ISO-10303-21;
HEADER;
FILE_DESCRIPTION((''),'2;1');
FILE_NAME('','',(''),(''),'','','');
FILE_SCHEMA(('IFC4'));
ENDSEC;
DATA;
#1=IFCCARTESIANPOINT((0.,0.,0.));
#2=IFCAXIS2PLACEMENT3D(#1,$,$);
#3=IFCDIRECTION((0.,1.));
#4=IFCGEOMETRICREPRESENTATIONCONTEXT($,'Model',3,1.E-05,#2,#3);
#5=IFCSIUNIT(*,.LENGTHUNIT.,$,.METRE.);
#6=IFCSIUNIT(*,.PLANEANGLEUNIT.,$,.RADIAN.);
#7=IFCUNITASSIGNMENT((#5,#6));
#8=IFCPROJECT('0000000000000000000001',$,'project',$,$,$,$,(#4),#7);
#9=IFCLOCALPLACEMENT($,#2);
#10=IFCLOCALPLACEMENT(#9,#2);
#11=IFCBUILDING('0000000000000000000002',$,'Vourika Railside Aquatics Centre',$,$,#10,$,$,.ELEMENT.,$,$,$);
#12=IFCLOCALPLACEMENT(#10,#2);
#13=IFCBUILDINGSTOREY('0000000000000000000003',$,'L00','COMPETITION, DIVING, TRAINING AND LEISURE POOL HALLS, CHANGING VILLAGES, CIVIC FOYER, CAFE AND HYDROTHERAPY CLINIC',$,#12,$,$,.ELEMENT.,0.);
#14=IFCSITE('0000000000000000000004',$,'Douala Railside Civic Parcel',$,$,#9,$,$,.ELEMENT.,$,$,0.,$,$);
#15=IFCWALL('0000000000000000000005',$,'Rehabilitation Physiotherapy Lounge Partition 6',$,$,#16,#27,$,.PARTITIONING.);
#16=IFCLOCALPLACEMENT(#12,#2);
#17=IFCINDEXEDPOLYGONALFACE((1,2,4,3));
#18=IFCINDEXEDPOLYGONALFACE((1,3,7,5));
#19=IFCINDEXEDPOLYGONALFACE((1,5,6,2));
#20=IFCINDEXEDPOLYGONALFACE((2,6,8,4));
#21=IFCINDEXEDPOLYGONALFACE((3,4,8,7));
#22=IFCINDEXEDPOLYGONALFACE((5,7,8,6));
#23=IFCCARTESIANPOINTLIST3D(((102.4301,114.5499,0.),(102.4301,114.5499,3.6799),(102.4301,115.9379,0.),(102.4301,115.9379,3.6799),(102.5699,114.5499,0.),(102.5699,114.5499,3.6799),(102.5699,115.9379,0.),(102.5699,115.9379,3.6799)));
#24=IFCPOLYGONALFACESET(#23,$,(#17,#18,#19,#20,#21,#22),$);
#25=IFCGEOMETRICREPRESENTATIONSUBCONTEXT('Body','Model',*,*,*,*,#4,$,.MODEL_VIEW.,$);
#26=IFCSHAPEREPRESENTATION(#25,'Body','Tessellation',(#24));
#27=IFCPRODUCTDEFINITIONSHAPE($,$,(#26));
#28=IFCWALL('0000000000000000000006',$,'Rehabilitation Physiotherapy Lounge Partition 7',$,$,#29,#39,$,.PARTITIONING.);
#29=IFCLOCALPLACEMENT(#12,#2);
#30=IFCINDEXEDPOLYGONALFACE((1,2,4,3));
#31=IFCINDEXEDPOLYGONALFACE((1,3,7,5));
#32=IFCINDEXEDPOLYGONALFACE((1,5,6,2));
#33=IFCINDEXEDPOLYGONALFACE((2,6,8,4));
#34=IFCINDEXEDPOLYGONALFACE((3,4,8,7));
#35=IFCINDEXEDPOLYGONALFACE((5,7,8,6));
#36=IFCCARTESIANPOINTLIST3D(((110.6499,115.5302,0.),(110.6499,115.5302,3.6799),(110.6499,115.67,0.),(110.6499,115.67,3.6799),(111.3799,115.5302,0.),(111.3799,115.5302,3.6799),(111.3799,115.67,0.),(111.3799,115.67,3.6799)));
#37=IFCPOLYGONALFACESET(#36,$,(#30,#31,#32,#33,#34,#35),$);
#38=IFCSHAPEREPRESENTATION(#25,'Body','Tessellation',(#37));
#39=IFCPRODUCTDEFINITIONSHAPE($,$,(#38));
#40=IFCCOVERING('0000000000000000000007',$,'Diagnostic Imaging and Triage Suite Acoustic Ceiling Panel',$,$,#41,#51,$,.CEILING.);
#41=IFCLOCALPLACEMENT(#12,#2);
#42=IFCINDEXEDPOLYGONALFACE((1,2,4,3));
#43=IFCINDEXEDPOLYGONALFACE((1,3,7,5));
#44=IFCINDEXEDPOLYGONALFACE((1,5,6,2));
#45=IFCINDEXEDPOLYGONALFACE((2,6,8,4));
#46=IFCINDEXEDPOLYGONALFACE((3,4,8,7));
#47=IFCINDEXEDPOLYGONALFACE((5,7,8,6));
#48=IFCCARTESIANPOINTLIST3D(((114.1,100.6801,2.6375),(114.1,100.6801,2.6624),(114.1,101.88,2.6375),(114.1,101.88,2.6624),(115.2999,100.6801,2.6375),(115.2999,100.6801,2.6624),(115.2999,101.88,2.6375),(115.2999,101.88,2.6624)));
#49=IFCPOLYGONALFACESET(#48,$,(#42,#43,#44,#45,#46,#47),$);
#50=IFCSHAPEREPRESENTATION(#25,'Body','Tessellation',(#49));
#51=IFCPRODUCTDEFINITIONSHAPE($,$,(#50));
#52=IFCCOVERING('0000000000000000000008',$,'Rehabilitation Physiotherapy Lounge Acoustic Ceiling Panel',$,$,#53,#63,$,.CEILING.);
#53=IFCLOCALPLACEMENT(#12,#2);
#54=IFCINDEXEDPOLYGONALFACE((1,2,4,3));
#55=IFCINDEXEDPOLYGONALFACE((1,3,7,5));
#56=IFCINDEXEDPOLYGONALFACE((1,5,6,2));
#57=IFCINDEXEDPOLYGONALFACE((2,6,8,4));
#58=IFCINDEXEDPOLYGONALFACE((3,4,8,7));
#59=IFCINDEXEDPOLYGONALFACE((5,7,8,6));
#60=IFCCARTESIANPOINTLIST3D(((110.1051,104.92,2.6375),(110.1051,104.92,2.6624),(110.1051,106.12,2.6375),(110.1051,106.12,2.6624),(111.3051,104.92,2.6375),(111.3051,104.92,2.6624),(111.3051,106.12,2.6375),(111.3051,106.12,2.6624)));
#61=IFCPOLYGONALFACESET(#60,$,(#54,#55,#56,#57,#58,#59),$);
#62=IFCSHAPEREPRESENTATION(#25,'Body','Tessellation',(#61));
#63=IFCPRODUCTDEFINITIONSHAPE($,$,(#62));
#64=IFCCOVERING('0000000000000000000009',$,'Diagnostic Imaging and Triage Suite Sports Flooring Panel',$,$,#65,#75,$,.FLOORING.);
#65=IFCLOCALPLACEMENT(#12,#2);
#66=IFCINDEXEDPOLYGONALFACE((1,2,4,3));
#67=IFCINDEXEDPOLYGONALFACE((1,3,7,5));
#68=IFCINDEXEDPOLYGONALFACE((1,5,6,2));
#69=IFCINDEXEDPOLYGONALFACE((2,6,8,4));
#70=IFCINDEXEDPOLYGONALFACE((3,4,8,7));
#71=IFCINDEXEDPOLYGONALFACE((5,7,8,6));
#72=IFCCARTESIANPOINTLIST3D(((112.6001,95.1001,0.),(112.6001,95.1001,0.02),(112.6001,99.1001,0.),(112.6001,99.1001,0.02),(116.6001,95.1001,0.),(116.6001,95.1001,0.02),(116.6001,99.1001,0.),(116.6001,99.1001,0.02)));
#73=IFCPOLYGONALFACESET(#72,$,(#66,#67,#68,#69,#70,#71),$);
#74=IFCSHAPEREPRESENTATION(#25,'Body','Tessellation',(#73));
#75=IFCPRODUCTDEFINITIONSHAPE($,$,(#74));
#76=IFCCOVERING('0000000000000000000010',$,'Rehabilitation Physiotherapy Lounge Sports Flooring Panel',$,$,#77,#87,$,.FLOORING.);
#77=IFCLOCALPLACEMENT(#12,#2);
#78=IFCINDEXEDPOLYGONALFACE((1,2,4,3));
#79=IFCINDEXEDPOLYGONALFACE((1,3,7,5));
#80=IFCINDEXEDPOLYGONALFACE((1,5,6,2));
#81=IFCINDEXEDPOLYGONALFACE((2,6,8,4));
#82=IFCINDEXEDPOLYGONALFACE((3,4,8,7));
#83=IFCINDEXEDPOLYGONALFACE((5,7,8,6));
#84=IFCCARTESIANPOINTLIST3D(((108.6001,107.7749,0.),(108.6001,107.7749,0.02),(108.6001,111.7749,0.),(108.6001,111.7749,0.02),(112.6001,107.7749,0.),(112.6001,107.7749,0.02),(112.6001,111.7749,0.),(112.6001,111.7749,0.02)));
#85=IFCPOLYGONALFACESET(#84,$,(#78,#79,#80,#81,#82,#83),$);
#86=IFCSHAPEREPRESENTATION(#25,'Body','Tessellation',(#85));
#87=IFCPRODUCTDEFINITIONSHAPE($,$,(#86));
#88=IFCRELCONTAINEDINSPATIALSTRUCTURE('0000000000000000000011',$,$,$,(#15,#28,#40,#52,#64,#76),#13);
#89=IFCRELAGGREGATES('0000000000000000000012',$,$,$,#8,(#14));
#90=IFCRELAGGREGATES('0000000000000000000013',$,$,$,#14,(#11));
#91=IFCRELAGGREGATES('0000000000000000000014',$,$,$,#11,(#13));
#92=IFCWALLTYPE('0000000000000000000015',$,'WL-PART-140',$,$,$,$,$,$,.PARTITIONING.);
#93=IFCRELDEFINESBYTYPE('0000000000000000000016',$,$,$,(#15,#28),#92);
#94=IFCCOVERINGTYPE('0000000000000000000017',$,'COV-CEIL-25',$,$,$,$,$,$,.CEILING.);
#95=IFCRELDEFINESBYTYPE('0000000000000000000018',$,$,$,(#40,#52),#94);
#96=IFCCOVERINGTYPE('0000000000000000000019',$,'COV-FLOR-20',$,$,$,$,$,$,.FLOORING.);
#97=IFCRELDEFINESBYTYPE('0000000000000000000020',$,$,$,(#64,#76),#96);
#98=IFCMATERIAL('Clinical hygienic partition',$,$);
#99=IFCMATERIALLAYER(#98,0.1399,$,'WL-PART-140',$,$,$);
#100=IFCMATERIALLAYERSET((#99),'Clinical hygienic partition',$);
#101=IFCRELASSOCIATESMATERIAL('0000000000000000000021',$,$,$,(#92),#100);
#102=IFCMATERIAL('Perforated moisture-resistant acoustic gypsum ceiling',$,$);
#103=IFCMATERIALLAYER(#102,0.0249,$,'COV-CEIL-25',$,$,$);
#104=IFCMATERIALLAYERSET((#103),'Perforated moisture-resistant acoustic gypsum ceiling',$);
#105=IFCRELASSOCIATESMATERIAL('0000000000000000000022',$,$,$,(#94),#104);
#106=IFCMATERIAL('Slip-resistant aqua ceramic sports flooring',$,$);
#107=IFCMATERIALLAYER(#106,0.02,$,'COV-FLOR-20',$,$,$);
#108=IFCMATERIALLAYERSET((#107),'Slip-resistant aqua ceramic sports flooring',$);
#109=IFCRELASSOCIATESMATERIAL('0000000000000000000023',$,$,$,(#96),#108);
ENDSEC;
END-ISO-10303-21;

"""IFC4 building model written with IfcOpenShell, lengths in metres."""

from ifc_helpers import new_model, si_unit, direction, frame, frame_2d, origin, origin_2d, place, context, subcontext, project, spatial, rectangle, extrude, material, layer, layer_set, type_object, element, save


model = new_model("IFC4")

# Units and contexts
model_context = context("Model", 3, precision=1e-05, world=origin(), true_north=direction((0.0, 1.0)))
body_context = subcontext(model_context, "Body", "Model", "MODEL_VIEW")
ifc_project = project(units=[si_unit("LENGTHUNIT", "METRE"), si_unit("PLANEANGLEUNIT", "RADIAN")], contexts=[model_context])

# Site, building, storey
site_placement = place(None, origin())
site = spatial("IfcSite", under=ifc_project, at=site_placement, Name="Douala Railside Civic Parcel", CompositionType="ELEMENT", RefElevation=0.0)
building_placement = place(site_placement, origin())
building = spatial("IfcBuilding", under=site, at=building_placement, Name="Vourika Railside Aquatics Centre", CompositionType="ELEMENT")
storey_placement = place(building_placement, origin())
storey = spatial("IfcBuildingStorey", under=building, at=storey_placement, Name="L00", Description="COMPETITION, DIVING, TRAINING AND LEISURE POOL HALLS, CHANGING VILLAGES, CIVIC FOYER, CAFE AND HYDROTHERAPY CLINIC", CompositionType="ELEMENT", Elevation=0.0)

# Walls
ifc_material_1 = material(Name="Clinical hygienic partition")
ifc_layer_1 = layer(ifc_material_1, 0.1399, Name="WL-PART-140")
ifc_layer_set_1 = layer_set([ifc_layer_1], Name="Clinical hygienic partition")
wall_type_1 = type_object("IfcWallType", Name="WL-PART-140", PredefinedType="PARTITIONING", material=ifc_layer_set_1)
wall_1_placement = place(storey_placement, frame((102.5, 114.55, 0.0), z_axis=(0.0, 0.0, 1.0), x_axis=(0.0, 1.0, 0.0)))
element("IfcWall", 1, at=wall_1_placement, inside=storey, type_object=wall_type_1, Name="Rehabilitation Physiotherapy Lounge Partition 6", PredefinedType="PARTITIONING", context=body_context, shape_type="SweptSolid", body=[
    extrude(rectangle(XDim=1.3879, YDim=0.1399, at=frame_2d((0.6938, 0.0))), origin(), (0.0, 0.0, 1.0), 3.6799),
])
wall_2_placement = place(storey_placement, frame((110.6499, 115.6001, 0.0), z_axis=(0.0, 0.0, 1.0), x_axis=(1.0, 0.0, 0.0)))
element("IfcWall", 2, at=wall_2_placement, inside=storey, type_object=wall_type_1, Name="Rehabilitation Physiotherapy Lounge Partition 7", PredefinedType="PARTITIONING", context=body_context, shape_type="SweptSolid", body=[
    extrude(rectangle(XDim=0.73, YDim=0.1399, at=frame_2d((0.365, 0.0))), origin(), (0.0, 0.0, 1.0), 3.6799),
])

# Coverings
ifc_material_2 = material(Name="Perforated moisture-resistant acoustic gypsum ceiling")
ifc_layer_2 = layer(ifc_material_2, 0.0249, Name="COV-CEIL-25")
ifc_layer_set_2 = layer_set([ifc_layer_2], Name="Perforated moisture-resistant acoustic gypsum ceiling")
covering_type_1 = type_object("IfcCoveringType", Name="COV-CEIL-25", PredefinedType="CEILING", material=ifc_layer_set_2)
for number, where, z_axis, x_axis, name in (
    (3, (114.7, 101.28, 2.6375), (0.0, 0.0, 1.0), (1.0, 0.0, 0.0), "Diagnostic Imaging and Triage Suite Acoustic Ceiling Panel"),
    (4, (110.7051, 105.52, 2.6375), (0.0, 0.0, 1.0), (1.0, 0.0, 0.0), "Rehabilitation Physiotherapy Lounge Acoustic Ceiling Panel"),
):
    element("IfcCovering", number, at=place(storey_placement, frame(where, z_axis=z_axis, x_axis=x_axis)), inside=storey, type_object=covering_type_1, Name=name, PredefinedType="CEILING", context=body_context, shape_type="SweptSolid", body=[
        extrude(rectangle(XDim=1.2, YDim=1.2, at=origin_2d()), origin(), (0.0, 0.0, 1.0), 0.0249),
    ])
ifc_material_3 = material(Name="Slip-resistant aqua ceramic sports flooring")
ifc_layer_3 = layer(ifc_material_3, 0.02, Name="COV-FLOR-20")
ifc_layer_set_3 = layer_set([ifc_layer_3], Name="Slip-resistant aqua ceramic sports flooring")
covering_type_2 = type_object("IfcCoveringType", Name="COV-FLOR-20", PredefinedType="FLOORING", material=ifc_layer_set_3)
for number, where, z_axis, x_axis, name in (
    (5, (114.6001, 97.1001, 0.0), (0.0, 0.0, 1.0), (1.0, 0.0, 0.0), "Diagnostic Imaging and Triage Suite Sports Flooring Panel"),
    (6, (110.6001, 109.7749, 0.0), (0.0, 0.0, 1.0), (1.0, 0.0, 0.0), "Rehabilitation Physiotherapy Lounge Sports Flooring Panel"),
):
    element("IfcCovering", number, at=place(storey_placement, frame(where, z_axis=z_axis, x_axis=x_axis)), inside=storey, type_object=covering_type_2, Name=name, PredefinedType="FLOORING", context=body_context, shape_type="SweptSolid", body=[
        extrude(rectangle(XDim=4.0, YDim=4.0, at=origin_2d()), origin(), (0.0, 0.0, 1.0), 0.02),
    ])

save(model, "model.ifc")
